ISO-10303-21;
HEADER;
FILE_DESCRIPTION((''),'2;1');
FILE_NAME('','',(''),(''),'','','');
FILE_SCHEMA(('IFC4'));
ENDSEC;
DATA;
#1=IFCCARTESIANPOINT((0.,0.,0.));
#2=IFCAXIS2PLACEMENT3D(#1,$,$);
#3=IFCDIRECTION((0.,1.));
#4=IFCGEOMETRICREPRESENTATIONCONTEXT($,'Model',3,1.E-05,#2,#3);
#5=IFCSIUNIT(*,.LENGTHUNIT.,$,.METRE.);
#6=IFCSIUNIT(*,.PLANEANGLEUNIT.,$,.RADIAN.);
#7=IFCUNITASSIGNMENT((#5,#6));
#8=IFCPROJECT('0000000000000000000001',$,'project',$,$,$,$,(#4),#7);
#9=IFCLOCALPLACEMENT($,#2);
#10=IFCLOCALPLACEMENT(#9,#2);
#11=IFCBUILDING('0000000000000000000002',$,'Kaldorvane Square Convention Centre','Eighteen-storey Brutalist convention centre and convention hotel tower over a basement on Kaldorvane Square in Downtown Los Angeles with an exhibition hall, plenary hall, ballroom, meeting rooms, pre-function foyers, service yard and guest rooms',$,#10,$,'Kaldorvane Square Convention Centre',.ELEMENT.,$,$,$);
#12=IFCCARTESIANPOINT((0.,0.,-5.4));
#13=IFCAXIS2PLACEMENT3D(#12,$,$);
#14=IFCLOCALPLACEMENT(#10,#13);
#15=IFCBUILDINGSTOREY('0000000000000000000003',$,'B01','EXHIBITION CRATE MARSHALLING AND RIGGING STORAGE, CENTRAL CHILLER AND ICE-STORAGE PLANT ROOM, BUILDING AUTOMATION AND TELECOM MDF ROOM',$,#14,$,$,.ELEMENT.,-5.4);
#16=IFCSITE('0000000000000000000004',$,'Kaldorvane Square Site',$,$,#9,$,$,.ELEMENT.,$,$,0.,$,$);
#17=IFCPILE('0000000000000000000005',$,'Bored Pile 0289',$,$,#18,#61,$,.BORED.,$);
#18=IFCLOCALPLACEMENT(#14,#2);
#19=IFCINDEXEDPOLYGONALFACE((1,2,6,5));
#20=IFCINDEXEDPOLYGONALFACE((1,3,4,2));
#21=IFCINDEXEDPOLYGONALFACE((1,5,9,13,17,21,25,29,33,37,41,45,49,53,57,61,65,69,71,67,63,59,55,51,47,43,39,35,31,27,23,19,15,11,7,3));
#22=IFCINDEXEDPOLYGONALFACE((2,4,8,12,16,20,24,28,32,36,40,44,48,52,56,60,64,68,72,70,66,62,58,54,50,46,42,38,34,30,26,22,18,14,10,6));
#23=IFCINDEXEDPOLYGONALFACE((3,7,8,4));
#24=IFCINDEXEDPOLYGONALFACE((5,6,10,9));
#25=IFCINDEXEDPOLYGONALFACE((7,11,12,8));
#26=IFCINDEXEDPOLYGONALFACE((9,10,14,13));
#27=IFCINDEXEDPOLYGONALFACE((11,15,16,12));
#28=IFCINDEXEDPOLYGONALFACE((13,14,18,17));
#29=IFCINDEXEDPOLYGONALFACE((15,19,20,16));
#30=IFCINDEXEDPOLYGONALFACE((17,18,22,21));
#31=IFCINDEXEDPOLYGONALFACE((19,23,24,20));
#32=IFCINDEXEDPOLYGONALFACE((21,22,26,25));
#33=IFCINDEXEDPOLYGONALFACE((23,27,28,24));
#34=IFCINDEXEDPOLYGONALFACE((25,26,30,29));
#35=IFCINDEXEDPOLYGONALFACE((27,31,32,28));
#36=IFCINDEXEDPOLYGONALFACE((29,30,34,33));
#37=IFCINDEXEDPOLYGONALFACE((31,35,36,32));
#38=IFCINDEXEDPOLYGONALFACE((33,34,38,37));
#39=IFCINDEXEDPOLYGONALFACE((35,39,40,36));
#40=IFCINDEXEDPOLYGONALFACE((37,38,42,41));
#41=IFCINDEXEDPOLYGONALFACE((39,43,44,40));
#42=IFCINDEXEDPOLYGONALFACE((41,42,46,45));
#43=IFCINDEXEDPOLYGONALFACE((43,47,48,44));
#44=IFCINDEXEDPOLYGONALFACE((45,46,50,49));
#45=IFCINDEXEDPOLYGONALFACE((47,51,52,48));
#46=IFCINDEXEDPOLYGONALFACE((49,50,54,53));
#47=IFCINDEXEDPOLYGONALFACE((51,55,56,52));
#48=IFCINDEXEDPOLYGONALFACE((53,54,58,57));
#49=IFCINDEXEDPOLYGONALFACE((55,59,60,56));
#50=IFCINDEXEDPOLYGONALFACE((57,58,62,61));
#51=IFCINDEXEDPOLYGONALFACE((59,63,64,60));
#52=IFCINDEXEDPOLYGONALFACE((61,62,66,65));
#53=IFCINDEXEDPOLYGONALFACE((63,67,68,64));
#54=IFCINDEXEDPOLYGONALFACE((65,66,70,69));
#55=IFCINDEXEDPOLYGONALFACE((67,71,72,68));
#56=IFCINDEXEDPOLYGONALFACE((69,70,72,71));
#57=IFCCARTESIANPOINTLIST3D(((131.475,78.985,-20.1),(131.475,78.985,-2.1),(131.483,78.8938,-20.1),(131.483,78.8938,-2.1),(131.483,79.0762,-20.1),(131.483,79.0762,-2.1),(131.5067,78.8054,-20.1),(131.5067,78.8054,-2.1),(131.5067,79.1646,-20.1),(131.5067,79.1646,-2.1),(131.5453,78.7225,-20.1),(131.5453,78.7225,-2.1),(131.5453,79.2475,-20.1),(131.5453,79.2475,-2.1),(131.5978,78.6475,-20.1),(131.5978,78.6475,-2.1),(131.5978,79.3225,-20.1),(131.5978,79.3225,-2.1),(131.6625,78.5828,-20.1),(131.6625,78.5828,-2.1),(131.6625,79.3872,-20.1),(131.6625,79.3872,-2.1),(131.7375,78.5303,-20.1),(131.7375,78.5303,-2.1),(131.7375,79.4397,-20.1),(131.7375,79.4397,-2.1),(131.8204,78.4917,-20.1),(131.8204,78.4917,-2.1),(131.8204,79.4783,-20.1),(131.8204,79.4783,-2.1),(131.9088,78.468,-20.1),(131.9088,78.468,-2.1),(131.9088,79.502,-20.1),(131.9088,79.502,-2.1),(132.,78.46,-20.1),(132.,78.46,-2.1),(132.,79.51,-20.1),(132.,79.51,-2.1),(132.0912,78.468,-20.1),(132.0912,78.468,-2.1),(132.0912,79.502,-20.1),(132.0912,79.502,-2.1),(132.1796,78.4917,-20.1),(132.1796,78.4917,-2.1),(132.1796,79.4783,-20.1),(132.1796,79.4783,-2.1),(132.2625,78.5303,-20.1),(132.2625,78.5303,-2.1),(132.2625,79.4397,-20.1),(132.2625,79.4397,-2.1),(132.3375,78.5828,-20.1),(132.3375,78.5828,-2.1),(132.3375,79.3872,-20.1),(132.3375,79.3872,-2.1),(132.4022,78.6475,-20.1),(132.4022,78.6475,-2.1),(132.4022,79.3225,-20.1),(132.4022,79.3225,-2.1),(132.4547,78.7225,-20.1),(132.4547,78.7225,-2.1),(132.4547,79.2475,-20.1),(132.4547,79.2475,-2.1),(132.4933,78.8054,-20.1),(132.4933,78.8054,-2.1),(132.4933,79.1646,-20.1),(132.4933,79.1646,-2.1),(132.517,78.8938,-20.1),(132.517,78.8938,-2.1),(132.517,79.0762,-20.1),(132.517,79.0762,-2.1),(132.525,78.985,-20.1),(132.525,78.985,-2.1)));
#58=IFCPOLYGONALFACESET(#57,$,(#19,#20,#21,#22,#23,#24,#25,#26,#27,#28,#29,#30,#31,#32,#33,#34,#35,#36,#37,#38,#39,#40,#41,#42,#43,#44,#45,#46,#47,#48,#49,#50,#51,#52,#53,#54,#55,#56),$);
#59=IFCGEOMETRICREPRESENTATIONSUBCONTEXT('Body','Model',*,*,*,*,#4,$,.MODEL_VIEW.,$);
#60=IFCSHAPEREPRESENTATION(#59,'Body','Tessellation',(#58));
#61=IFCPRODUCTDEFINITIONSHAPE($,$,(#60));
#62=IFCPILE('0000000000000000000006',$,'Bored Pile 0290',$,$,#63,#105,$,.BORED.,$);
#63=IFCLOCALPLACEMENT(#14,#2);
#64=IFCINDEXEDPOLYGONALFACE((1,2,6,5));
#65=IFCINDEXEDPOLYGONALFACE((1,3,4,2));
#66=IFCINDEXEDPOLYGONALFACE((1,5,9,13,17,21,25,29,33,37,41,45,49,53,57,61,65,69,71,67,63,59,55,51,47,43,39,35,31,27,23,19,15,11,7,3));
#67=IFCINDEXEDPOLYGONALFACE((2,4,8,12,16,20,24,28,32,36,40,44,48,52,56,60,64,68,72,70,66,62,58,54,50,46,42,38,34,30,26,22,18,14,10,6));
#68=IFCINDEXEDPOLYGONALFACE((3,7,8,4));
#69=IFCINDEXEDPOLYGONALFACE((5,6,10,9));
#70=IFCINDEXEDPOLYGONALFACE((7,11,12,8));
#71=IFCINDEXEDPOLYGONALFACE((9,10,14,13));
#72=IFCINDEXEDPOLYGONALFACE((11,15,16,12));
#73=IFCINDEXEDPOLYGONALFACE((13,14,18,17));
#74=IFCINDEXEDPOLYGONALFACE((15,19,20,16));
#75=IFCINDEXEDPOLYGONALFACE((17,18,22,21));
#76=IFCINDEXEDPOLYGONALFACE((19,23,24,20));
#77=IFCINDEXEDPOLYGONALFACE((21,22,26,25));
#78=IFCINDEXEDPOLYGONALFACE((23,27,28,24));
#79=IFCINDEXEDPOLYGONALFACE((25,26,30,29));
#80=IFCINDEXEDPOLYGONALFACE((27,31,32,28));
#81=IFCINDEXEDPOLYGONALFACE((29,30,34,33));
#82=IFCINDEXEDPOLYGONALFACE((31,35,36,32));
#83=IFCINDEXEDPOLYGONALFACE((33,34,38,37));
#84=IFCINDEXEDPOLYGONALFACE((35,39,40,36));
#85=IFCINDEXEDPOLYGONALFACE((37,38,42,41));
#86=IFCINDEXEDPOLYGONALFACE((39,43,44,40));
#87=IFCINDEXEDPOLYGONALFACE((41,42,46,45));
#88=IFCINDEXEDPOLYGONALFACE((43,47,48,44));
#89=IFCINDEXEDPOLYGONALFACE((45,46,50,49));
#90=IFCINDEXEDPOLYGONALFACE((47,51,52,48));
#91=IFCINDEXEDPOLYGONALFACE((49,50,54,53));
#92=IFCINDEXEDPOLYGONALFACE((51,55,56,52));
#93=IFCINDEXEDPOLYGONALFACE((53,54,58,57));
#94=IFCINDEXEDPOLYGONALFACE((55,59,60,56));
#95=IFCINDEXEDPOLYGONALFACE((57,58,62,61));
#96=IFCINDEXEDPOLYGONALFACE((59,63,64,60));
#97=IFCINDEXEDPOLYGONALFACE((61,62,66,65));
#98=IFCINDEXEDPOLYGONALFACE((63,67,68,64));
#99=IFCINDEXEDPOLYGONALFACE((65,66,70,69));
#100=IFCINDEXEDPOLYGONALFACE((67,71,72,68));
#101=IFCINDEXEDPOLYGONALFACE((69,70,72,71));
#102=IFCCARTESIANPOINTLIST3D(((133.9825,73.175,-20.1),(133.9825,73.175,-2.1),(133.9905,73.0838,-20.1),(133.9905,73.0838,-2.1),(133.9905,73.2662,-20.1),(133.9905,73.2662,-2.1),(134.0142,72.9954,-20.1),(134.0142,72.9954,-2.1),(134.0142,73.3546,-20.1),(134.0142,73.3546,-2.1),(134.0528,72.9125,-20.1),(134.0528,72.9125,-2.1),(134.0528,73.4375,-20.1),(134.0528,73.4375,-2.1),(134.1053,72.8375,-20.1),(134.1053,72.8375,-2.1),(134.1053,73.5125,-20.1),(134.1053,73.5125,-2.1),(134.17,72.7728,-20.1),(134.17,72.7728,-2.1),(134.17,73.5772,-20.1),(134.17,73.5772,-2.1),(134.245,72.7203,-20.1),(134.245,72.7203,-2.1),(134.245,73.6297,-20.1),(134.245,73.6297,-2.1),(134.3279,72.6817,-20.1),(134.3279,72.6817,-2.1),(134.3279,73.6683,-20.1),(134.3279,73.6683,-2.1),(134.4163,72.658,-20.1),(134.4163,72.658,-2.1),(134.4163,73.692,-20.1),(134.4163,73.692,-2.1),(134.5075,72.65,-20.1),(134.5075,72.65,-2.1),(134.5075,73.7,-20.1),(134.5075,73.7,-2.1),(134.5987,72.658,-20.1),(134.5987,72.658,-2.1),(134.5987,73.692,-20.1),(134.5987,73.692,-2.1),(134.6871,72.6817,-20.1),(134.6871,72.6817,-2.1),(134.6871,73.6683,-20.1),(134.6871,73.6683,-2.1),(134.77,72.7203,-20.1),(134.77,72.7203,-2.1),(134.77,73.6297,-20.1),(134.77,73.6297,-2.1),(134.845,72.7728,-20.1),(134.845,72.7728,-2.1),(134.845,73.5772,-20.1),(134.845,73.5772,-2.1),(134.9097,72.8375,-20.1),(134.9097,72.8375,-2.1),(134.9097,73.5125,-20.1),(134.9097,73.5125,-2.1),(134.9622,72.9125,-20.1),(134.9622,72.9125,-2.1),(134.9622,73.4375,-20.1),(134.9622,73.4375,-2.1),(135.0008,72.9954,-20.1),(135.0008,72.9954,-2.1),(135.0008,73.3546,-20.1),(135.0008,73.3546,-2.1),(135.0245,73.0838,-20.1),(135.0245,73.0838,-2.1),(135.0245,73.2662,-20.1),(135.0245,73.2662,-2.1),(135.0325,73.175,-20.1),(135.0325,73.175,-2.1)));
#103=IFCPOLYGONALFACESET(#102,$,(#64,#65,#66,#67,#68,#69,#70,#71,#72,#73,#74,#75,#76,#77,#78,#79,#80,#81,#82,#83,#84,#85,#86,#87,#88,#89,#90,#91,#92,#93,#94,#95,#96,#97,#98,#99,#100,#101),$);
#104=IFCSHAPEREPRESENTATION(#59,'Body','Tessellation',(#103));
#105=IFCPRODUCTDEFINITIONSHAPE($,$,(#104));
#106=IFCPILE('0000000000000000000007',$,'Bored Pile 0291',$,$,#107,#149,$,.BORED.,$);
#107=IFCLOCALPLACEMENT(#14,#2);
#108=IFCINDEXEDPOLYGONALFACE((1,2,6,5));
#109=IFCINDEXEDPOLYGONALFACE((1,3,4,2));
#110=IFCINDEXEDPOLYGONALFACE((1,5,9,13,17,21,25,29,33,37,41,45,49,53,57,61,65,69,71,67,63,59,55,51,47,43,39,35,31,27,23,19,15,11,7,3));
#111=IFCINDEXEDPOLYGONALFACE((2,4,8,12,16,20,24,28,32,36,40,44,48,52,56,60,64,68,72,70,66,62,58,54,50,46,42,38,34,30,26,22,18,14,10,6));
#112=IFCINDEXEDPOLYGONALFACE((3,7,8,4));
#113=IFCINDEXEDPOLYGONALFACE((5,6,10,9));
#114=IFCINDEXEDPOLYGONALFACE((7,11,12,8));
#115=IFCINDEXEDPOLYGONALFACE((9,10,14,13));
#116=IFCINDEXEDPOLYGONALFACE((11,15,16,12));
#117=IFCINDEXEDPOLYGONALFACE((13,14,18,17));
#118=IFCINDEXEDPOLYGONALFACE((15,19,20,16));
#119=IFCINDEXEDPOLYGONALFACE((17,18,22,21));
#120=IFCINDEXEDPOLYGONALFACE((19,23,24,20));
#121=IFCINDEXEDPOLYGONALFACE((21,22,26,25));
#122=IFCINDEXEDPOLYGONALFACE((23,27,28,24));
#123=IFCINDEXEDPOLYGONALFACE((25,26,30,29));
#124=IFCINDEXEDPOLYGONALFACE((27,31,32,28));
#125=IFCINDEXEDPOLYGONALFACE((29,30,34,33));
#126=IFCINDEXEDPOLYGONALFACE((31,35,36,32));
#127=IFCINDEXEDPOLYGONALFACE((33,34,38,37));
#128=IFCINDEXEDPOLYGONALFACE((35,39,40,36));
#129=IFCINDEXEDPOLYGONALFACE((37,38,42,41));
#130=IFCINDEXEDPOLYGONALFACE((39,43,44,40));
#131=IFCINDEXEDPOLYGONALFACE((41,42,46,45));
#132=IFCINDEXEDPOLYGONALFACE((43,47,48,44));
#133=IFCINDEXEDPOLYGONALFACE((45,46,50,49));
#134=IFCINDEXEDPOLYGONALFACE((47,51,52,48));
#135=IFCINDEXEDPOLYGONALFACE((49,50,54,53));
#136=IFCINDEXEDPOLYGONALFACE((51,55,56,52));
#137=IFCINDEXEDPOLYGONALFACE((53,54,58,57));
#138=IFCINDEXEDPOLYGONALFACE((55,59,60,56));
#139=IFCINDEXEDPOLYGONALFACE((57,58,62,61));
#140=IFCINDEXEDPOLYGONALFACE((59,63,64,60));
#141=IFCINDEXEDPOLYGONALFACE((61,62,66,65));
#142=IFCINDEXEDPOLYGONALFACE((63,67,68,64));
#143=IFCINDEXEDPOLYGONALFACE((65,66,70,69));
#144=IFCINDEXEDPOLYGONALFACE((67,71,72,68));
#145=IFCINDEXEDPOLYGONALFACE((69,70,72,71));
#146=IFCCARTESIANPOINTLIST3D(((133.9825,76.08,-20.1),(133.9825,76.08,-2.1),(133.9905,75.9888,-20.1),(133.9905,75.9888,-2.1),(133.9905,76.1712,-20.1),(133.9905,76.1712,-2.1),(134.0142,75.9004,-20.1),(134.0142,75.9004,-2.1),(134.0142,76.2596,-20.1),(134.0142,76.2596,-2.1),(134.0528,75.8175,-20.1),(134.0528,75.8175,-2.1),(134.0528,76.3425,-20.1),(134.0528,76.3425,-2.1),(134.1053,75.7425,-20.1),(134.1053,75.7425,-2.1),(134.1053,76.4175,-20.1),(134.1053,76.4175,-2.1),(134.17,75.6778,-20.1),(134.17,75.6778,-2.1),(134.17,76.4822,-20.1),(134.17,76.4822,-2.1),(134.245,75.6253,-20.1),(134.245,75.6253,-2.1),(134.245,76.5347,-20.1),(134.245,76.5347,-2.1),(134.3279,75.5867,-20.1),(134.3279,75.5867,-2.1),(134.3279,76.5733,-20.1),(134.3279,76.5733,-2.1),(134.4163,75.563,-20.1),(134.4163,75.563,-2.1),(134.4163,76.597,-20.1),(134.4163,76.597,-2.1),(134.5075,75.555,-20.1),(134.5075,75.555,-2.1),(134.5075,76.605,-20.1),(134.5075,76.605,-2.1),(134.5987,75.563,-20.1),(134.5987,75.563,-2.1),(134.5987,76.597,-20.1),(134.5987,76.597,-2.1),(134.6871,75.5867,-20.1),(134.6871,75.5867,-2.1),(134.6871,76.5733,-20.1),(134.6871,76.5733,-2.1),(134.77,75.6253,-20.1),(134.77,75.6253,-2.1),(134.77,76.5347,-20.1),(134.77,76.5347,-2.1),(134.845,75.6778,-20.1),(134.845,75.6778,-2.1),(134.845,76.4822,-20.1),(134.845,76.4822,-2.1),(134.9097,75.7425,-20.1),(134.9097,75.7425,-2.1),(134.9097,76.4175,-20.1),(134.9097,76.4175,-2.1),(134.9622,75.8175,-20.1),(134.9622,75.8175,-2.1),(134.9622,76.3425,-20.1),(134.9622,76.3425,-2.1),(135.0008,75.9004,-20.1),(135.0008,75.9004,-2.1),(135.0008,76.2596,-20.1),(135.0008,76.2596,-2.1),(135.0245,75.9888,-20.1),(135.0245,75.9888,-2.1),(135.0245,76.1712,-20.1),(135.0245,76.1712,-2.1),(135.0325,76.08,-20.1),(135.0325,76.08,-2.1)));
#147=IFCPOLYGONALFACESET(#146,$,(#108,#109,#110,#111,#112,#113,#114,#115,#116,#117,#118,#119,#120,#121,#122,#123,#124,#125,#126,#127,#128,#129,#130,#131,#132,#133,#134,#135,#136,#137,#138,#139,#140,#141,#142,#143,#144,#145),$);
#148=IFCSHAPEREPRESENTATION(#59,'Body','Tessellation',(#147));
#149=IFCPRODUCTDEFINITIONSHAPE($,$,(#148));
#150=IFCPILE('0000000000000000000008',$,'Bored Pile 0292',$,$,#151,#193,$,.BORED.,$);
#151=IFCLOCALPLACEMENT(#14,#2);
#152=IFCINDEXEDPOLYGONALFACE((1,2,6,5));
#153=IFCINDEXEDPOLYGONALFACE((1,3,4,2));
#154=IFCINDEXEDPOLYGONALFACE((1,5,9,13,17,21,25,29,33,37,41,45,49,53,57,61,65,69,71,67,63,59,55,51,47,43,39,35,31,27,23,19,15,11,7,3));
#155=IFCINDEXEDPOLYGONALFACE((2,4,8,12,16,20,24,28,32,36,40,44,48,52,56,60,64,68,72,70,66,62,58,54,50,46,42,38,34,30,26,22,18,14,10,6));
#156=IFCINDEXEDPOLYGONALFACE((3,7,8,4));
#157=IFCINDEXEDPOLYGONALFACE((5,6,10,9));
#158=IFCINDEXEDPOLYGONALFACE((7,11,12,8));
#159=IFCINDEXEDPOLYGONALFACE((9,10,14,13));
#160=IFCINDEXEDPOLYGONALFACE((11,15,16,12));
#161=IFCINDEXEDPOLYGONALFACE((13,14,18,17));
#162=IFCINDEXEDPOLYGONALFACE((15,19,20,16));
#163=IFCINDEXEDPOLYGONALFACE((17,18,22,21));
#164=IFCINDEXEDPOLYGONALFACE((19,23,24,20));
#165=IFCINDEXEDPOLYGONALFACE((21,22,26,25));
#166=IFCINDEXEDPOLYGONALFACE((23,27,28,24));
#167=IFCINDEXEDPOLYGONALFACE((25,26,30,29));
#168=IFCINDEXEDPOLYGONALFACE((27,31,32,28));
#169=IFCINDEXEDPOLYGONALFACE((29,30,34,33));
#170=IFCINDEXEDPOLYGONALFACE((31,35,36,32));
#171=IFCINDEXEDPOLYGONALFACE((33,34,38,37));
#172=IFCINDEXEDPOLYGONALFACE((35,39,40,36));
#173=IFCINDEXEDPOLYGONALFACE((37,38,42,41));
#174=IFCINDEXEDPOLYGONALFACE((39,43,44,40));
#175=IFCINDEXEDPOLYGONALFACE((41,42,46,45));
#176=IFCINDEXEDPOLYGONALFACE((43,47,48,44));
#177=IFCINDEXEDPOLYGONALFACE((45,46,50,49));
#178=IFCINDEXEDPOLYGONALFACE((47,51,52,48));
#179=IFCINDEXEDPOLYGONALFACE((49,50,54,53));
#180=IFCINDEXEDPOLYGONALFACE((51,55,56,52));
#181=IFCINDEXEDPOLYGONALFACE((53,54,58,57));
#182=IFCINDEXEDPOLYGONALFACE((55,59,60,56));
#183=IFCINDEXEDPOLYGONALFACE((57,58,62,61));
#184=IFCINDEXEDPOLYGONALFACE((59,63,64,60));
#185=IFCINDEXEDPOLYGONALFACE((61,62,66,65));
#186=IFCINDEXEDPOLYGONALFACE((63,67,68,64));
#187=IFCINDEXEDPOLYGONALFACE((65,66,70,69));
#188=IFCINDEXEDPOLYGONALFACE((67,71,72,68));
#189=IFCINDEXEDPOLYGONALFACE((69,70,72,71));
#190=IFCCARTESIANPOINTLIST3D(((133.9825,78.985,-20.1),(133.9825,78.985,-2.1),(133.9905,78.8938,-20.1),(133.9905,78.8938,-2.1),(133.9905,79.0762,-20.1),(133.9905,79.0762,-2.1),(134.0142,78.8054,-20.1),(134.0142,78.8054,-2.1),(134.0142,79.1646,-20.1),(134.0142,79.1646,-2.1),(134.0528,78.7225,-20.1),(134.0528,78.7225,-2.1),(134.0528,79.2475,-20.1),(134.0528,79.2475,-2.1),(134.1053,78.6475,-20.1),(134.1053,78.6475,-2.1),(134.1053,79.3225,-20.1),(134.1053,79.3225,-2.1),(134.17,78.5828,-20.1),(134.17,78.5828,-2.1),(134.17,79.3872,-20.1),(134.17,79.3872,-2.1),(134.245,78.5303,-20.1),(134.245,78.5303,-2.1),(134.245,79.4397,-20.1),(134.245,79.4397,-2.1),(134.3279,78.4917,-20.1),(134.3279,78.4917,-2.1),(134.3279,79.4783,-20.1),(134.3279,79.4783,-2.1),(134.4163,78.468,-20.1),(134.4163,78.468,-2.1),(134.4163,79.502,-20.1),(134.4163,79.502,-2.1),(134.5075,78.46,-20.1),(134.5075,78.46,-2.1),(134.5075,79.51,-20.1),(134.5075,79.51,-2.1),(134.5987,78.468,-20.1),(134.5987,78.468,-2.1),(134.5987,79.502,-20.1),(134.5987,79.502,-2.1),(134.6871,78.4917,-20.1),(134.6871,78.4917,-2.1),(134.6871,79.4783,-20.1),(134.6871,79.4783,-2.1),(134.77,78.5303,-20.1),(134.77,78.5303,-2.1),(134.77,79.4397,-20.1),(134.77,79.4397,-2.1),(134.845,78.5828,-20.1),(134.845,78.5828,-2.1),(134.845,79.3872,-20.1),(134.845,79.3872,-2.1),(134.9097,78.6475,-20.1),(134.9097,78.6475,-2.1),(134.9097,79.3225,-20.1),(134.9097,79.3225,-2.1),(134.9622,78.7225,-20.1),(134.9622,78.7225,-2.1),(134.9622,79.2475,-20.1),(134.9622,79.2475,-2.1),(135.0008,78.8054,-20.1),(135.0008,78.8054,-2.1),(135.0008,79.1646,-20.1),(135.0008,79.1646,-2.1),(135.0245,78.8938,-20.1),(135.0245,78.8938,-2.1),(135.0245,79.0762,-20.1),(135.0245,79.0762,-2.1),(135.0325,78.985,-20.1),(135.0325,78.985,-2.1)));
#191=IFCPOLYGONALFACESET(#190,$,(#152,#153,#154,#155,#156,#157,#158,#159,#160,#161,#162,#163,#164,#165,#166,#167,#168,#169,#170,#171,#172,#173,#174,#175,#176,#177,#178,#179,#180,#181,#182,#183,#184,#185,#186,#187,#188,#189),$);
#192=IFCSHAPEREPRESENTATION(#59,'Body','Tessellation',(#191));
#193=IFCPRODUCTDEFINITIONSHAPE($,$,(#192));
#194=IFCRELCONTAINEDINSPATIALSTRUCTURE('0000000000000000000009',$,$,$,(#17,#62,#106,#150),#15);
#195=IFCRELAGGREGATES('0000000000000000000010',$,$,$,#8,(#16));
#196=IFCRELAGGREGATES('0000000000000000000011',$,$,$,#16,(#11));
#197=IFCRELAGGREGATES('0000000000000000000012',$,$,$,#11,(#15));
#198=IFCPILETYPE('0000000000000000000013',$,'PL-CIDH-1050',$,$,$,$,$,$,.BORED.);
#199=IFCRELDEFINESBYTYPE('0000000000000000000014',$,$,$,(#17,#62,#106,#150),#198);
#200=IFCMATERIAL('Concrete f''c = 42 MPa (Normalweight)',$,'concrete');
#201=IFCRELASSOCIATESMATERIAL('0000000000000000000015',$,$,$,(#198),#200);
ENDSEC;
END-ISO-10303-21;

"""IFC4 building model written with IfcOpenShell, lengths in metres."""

from ifc_helpers import new_model, si_unit, direction, frame, origin, origin_2d, place, context, subcontext, project, spatial, circle, extrude, material, material_profile, profile_set, type_object, element, save


model = new_model("IFC4")

# Units and contexts
model_context = context("Model", 3, precision=1e-05, world=origin(), true_north=direction((0.0, 1.0)))
body_context = subcontext(model_context, "Body", "Model", "MODEL_VIEW")
ifc_project = project(units=[si_unit("LENGTHUNIT", "METRE"), si_unit("PLANEANGLEUNIT", "RADIAN")], contexts=[model_context])

# Site, building, storey
site_placement = place(None, origin())
site = spatial("IfcSite", under=ifc_project, at=site_placement, Name="Kaldorvane Square Site", CompositionType="ELEMENT", RefElevation=0.0)
building_placement = place(site_placement, origin())
building = spatial("IfcBuilding", under=site, at=building_placement, Name="Kaldorvane Square Convention Centre", Description="Eighteen-storey Brutalist convention centre and convention hotel tower over a basement on Kaldorvane Square in Downtown Los Angeles with an exhibition hall, plenary hall, ballroom, meeting rooms, pre-function foyers, service yard and guest rooms", LongName="Kaldorvane Square Convention Centre", CompositionType="ELEMENT")
storey_placement = place(building_placement, frame((0.0, 0.0, -5.4)))
storey = spatial("IfcBuildingStorey", under=building, at=storey_placement, Name="B01", Description="EXHIBITION CRATE MARSHALLING AND RIGGING STORAGE, CENTRAL CHILLER AND ICE-STORAGE PLANT ROOM, BUILDING AUTOMATION AND TELECOM MDF ROOM", CompositionType="ELEMENT", Elevation=-5.4)

# Shared definitions
ifc_material_1 = material(Name="Concrete f'c = 42 MPa (Normalweight)", Category="concrete")

# Piles
ifc_material_profile_1 = material_profile(ifc_material_1, circle(Radius=0.525, at=origin_2d()), Name="PILE-D1050")
ifc_profile_set_1 = profile_set([ifc_material_profile_1], Name="Concrete f'c = 42 MPa (Normalweight)")
pile_type_1 = type_object("IfcPileType", Name="PL-CIDH-1050", PredefinedType="BORED", material=ifc_profile_set_1)
for number, where, z_axis, x_axis, name in (
    (1, (132.0, 78.985, -2.1), (0.0, 0.0, -1.0), (1.0, 0.0, 0.0), "Bored Pile 0289"),
    (2, (134.5075, 73.175, -2.1), (0.0, 0.0, -1.0), (1.0, 0.0, 0.0), "Bored Pile 0290"),
    (3, (134.5075, 76.08, -2.1), (0.0, 0.0, -1.0), (1.0, 0.0, 0.0), "Bored Pile 0291"),
    (4, (134.5075, 78.985, -2.1), (0.0, 0.0, -1.0), (1.0, 0.0, 0.0), "Bored Pile 0292"),
):
    element("IfcPile", number, at=place(storey_placement, frame(where, z_axis=z_axis, x_axis=x_axis)), inside=storey, type_object=pile_type_1, Name=name, PredefinedType="BORED", context=body_context, shape_type="SweptSolid", body=[
        extrude(circle(Radius=0.525, at=origin_2d()), origin(), (0.0, 0.0, 1.0), 18.0),
    ])

save(model, "model.ifc")
